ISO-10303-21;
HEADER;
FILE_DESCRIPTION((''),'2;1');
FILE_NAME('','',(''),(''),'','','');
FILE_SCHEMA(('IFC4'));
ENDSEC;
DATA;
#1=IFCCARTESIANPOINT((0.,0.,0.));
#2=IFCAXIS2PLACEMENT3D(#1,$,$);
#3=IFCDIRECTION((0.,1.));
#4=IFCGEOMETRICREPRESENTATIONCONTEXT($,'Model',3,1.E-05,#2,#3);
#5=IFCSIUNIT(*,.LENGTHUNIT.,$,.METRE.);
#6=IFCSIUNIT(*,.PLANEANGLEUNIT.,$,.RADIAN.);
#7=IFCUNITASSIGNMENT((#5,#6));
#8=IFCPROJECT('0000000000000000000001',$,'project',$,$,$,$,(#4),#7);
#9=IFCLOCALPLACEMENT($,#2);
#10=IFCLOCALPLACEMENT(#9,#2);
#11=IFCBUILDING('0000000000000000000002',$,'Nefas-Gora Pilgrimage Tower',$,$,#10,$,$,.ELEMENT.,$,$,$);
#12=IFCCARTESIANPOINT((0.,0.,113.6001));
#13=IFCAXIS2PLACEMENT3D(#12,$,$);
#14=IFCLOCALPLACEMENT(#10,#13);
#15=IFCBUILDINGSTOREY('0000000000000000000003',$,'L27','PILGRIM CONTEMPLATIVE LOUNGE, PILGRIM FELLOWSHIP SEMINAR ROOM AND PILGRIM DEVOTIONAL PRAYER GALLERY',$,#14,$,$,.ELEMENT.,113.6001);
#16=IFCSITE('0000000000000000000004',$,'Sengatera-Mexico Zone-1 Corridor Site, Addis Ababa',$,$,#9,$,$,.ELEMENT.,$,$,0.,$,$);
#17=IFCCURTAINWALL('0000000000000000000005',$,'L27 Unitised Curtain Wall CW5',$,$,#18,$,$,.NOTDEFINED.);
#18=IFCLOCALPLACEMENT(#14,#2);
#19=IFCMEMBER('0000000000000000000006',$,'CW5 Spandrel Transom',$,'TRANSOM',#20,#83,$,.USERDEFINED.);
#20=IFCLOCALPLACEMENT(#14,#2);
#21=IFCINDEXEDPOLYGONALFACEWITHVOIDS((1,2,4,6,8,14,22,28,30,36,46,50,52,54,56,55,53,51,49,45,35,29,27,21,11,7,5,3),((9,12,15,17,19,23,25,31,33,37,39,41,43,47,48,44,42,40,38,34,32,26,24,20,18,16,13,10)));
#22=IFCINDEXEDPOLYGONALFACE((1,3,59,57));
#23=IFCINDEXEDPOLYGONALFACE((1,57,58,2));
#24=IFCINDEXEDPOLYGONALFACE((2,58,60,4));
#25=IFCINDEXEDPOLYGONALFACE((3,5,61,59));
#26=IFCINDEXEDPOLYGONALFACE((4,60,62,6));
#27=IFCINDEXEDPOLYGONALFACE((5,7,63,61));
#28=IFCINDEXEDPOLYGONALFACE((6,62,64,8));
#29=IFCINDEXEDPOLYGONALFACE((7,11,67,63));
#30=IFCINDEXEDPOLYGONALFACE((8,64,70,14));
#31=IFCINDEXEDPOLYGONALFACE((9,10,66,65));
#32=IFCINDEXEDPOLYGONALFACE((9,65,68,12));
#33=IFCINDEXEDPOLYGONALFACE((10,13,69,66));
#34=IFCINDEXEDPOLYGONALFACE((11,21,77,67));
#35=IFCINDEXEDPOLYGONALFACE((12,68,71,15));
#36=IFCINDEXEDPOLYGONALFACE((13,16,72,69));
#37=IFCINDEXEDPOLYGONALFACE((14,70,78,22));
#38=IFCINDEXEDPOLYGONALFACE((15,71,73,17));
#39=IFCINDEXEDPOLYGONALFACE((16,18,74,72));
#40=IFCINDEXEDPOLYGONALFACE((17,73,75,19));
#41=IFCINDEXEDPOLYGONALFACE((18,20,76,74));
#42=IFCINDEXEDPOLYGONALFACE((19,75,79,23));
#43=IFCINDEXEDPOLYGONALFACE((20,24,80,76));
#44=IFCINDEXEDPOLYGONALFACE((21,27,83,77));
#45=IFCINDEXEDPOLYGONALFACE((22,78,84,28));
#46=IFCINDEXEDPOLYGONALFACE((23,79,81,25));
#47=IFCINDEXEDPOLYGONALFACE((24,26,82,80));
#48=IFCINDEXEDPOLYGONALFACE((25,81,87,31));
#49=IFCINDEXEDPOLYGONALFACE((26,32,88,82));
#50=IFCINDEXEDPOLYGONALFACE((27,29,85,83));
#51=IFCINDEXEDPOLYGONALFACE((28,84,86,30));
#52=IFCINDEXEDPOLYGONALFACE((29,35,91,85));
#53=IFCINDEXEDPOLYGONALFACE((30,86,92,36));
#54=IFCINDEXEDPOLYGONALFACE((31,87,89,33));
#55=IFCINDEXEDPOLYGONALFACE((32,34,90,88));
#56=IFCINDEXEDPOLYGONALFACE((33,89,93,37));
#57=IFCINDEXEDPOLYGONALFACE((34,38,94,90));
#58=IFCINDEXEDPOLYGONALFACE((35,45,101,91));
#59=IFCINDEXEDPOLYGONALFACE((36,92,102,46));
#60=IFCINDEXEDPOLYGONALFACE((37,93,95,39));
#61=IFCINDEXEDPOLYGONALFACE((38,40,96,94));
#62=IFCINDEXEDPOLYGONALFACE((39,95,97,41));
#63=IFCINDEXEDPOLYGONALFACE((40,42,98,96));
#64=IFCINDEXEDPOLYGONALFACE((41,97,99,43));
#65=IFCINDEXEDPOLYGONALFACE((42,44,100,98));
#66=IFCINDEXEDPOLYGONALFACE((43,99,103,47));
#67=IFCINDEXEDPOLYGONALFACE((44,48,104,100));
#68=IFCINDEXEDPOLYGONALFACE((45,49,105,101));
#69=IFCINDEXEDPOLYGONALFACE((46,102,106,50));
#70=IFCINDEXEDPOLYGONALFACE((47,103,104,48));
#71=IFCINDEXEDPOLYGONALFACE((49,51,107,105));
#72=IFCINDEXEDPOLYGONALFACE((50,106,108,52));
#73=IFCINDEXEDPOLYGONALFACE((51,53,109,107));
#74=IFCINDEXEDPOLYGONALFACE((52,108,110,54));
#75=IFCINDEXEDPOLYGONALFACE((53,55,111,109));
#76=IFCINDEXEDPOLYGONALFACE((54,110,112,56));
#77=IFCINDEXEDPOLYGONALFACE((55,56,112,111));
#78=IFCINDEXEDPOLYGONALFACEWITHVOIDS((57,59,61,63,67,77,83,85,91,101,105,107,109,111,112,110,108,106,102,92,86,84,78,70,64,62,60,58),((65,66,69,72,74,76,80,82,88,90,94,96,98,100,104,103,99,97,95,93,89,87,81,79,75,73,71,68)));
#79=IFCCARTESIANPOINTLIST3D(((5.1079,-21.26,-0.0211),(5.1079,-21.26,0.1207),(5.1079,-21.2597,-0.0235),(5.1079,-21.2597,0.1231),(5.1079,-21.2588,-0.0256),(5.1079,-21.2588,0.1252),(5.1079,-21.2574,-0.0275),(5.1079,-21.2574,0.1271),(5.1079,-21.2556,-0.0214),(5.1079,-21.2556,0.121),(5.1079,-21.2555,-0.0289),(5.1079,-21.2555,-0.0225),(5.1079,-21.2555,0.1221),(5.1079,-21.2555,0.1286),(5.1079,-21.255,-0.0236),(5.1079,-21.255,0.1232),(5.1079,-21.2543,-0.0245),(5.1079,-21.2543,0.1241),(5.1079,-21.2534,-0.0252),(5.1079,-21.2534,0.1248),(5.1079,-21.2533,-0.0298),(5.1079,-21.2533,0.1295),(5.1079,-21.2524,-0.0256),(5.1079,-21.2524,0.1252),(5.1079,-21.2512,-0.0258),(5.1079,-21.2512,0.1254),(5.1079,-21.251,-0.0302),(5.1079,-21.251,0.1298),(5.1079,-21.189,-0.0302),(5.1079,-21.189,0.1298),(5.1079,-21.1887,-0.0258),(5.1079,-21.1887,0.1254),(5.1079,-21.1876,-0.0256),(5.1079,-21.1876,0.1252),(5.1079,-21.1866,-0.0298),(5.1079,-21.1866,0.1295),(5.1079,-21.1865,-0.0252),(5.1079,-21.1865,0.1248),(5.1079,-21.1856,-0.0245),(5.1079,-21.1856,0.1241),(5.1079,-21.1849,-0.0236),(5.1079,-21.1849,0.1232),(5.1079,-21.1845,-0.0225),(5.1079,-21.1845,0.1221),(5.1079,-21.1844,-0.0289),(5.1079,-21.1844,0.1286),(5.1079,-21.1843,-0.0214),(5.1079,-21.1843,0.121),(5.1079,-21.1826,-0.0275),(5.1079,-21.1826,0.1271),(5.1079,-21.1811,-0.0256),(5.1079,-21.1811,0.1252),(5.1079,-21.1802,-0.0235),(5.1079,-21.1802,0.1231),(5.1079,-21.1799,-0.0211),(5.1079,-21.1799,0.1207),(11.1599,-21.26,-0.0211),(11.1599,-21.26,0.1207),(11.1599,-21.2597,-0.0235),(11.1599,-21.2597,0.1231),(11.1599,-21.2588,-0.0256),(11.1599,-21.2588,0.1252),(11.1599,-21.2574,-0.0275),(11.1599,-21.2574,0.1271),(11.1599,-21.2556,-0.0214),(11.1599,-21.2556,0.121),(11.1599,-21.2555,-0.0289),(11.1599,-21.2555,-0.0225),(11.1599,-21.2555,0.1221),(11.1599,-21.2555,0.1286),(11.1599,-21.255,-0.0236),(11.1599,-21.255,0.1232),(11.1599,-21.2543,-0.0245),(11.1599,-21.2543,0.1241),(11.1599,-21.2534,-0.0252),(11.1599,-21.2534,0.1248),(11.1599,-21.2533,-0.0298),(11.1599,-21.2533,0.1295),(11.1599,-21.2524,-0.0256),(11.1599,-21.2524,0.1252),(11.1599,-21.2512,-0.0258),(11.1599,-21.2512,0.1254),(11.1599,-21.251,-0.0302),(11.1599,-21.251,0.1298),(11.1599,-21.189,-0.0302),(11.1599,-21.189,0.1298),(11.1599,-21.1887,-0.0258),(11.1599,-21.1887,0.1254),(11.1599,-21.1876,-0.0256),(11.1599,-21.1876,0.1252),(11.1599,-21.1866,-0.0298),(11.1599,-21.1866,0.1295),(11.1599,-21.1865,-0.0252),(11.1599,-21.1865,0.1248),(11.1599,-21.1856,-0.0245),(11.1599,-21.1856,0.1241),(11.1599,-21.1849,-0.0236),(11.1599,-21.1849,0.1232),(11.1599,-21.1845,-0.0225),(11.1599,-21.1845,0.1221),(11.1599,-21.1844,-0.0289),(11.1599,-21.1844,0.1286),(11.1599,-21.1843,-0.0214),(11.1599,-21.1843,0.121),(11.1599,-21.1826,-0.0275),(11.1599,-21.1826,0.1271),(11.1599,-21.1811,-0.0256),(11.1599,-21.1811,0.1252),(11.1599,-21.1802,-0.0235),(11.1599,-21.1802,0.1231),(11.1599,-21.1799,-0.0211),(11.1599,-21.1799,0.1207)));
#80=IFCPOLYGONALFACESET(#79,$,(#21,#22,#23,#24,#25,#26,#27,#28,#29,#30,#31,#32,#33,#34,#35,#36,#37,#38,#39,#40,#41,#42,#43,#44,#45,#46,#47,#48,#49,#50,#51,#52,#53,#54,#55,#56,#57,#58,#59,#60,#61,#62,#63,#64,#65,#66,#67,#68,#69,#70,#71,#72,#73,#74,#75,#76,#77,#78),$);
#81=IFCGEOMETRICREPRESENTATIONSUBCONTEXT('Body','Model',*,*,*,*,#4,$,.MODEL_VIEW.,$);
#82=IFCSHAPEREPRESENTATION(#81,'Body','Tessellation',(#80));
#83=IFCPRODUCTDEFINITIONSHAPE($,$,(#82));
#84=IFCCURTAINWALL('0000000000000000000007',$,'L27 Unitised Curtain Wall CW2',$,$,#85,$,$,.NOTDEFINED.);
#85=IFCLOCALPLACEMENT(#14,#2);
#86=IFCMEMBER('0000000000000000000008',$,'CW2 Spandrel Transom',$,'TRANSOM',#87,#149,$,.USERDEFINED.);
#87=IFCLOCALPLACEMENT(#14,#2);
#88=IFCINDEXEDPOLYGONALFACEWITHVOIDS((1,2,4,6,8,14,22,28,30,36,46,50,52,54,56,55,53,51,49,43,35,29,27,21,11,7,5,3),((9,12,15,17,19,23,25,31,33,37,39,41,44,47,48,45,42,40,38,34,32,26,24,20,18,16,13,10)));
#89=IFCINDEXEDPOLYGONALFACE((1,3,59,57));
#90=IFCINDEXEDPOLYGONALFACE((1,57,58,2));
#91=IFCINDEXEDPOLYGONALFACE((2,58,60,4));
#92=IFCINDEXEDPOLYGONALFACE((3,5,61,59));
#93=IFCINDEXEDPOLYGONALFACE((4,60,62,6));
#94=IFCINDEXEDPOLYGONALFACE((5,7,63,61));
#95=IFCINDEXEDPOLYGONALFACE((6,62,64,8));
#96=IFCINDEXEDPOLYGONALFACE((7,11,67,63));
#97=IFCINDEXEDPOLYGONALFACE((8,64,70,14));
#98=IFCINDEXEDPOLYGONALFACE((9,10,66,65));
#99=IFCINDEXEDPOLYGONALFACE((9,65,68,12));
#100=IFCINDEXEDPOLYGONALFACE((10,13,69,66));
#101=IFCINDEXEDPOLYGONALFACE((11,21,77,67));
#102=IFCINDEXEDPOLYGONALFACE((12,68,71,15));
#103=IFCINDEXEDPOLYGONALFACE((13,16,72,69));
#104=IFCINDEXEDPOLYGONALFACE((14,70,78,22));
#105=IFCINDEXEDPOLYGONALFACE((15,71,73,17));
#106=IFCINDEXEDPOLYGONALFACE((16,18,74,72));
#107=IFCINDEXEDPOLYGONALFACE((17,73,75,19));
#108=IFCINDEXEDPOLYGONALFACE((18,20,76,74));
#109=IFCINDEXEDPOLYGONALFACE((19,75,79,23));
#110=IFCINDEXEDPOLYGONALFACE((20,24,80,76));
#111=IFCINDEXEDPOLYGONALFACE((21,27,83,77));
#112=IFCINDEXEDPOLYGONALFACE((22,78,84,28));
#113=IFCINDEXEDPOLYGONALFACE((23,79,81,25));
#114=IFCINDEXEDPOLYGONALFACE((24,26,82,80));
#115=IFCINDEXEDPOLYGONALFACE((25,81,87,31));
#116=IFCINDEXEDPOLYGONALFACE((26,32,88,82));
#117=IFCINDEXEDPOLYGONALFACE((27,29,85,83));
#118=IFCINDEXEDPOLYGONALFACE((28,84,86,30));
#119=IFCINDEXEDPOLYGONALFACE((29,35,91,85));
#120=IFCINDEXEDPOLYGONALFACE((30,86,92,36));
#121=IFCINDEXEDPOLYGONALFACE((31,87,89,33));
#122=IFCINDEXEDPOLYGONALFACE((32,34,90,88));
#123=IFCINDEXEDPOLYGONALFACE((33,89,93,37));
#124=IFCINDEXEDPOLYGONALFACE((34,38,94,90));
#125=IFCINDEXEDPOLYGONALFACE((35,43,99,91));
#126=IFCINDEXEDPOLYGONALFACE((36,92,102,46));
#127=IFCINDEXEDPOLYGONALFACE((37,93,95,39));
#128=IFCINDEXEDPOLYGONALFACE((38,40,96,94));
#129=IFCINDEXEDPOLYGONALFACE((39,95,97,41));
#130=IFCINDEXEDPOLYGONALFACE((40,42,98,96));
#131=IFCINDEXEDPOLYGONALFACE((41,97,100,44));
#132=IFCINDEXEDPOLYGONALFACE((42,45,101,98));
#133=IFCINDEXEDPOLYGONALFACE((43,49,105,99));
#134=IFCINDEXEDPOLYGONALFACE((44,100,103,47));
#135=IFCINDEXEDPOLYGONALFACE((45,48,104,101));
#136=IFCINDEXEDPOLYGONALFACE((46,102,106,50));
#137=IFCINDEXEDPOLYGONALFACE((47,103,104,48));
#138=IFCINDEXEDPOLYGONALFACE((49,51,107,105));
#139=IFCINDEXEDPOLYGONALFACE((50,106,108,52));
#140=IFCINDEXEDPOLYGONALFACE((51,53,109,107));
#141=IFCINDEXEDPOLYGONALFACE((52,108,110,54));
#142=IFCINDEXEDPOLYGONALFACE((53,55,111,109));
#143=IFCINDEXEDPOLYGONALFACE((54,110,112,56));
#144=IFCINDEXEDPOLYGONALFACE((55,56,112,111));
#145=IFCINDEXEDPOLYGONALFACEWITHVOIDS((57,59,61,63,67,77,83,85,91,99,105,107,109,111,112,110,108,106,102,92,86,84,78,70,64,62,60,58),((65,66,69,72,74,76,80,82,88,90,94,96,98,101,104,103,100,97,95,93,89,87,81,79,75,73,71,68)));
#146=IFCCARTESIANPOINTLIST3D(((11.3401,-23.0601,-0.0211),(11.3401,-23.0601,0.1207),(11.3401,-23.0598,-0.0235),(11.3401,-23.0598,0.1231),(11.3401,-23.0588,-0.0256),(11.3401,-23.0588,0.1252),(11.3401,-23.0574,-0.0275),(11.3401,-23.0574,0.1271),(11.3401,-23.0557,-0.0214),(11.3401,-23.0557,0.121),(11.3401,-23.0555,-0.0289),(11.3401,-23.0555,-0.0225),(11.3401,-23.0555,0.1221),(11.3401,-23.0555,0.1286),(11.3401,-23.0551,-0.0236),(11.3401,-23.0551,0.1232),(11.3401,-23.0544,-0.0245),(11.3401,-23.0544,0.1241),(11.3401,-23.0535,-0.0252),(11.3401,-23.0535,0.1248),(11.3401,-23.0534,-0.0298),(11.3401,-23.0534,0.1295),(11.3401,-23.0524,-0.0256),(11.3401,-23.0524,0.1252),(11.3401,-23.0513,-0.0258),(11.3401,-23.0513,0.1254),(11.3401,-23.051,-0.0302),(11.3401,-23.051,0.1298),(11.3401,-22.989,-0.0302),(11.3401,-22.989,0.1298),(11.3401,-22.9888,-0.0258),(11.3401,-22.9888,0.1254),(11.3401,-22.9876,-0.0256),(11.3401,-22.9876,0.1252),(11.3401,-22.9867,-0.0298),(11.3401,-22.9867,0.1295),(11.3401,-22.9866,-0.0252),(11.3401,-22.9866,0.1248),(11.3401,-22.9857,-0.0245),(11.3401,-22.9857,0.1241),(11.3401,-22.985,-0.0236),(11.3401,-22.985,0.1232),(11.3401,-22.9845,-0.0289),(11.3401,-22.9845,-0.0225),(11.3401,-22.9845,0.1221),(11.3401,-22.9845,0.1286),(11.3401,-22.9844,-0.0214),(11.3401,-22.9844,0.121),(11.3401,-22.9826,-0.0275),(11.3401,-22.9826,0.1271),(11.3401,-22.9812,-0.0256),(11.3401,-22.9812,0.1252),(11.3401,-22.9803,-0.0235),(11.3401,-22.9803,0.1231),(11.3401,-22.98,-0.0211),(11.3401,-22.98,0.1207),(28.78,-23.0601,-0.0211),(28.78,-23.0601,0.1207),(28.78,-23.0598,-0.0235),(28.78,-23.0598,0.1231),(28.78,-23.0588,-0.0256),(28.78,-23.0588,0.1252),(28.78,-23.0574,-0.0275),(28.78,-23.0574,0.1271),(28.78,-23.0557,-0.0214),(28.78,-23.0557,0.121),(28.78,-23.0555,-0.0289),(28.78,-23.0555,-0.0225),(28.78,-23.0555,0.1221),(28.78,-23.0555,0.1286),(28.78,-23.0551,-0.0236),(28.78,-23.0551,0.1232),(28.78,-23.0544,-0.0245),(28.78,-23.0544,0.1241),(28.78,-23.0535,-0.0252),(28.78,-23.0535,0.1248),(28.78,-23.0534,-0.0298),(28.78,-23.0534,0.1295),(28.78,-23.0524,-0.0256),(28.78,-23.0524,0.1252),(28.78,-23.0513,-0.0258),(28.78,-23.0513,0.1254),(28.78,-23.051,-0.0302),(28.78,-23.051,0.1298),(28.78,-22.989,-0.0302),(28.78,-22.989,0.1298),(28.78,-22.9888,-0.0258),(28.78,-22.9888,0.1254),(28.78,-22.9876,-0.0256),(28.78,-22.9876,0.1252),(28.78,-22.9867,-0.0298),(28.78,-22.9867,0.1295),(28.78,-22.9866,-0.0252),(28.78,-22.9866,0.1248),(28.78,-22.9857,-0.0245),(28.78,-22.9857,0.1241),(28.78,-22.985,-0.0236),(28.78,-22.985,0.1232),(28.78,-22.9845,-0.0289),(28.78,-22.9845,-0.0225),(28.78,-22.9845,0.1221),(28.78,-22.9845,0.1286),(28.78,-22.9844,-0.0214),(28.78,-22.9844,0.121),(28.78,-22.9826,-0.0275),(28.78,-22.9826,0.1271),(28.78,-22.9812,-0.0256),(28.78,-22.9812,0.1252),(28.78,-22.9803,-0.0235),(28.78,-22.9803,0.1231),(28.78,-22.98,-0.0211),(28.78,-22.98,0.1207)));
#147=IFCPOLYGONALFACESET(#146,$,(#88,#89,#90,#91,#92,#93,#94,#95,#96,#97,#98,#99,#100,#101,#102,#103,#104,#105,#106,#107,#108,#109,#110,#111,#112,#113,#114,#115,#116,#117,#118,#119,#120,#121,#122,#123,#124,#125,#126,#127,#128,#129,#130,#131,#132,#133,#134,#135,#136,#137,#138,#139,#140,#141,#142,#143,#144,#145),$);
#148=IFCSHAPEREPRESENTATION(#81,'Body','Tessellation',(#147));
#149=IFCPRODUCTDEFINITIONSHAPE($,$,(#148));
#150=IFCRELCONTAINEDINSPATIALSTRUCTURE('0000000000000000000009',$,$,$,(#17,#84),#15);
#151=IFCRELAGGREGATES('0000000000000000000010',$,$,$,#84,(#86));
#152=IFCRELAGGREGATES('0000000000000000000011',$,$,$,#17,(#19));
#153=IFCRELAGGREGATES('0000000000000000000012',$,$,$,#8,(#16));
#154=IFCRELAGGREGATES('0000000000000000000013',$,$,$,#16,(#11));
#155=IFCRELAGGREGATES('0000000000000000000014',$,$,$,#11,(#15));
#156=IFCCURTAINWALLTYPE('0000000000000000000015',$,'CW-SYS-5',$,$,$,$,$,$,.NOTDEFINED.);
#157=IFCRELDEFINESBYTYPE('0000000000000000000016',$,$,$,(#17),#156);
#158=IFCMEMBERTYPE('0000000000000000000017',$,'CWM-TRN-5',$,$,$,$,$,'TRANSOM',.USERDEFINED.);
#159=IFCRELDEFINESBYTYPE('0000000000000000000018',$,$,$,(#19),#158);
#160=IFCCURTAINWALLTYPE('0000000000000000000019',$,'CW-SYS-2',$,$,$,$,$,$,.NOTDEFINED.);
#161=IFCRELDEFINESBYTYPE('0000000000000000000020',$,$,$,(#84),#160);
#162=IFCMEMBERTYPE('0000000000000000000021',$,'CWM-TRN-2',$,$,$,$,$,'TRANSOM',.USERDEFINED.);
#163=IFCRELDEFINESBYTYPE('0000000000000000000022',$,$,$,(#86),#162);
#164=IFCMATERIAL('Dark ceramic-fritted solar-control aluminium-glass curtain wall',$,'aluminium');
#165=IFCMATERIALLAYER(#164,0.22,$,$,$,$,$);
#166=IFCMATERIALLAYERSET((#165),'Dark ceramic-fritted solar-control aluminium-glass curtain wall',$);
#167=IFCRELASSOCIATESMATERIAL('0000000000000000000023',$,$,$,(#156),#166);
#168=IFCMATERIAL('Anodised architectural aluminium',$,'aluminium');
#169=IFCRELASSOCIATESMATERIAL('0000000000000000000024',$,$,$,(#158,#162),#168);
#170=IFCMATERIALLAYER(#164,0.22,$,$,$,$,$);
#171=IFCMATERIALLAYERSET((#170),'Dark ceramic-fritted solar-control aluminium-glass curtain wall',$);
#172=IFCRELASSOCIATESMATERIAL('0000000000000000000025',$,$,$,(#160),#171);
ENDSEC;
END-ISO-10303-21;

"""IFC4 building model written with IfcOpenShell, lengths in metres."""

from ifc_helpers import new_model, si_unit, direction, frame, origin, origin_2d, place, context, subcontext, project, spatial, hollow_rectangle, extrude, source, transform, mapped, material, layer, layer_set, material_profile, profile_set, type_object, element, aggregate, save


model = new_model("IFC4")

# Units and contexts
model_context = context("Model", 3, precision=1e-05, world=origin(), true_north=direction((0.0, 1.0)))
body_context = subcontext(model_context, "Body", "Model", "MODEL_VIEW")
ifc_project = project(units=[si_unit("LENGTHUNIT", "METRE"), si_unit("PLANEANGLEUNIT", "RADIAN")], contexts=[model_context])

# Site, building, storey
site_placement = place(None, origin())
site = spatial("IfcSite", under=ifc_project, at=site_placement, Name="Sengatera-Mexico Zone-1 Corridor Site, Addis Ababa", CompositionType="ELEMENT", RefElevation=0.0)
building_placement = place(site_placement, origin())
building = spatial("IfcBuilding", under=site, at=building_placement, Name="Nefas-Gora Pilgrimage Tower", CompositionType="ELEMENT")
storey_placement = place(building_placement, frame((0.0, 0.0, 113.6001)))
storey = spatial("IfcBuildingStorey", under=building, at=storey_placement, Name="L27", Description="PILGRIM CONTEMPLATIVE LOUNGE, PILGRIM FELLOWSHIP SEMINAR ROOM AND PILGRIM DEVOTIONAL PRAYER GALLERY", CompositionType="ELEMENT", Elevation=113.6001)

# Curtain walls, members
ifc_material_1 = material(Name="Dark ceramic-fritted solar-control aluminium-glass curtain wall", Category="aluminium")
ifc_layer_1 = layer(ifc_material_1, 0.22)
ifc_layer_set_1 = layer_set([ifc_layer_1], Name="Dark ceramic-fritted solar-control aluminium-glass curtain wall")
curtain_wall_type_1 = type_object("IfcCurtainWallType", Name="CW-SYS-5", PredefinedType="NOTDEFINED", material=ifc_layer_set_1)
curtain_wall_1_placement = place(storey_placement, origin())
curtain_wall_1 = element("IfcCurtainWall", 1, at=curtain_wall_1_placement, inside=storey, type_object=curtain_wall_type_1, Name="L27 Unitised Curtain Wall CW5", PredefinedType="NOTDEFINED")
ifc_material_2 = material(Name="Anodised architectural aluminium", Category="aluminium")
ifc_material_profile_1 = material_profile(ifc_material_2, hollow_rectangle(XDim=0.0801, YDim=0.1599, WallThickness=0.0044, InnerFilletRadius=0.0044, OuterFilletRadius=0.009, at=origin_2d()), Name="ALU TRANSOM 80x160")
ifc_profile_set_1 = profile_set([ifc_material_profile_1], Name="Anodised architectural aluminium")
member_type_1 = type_object("IfcMemberType", Name="CWM-TRN-5", ElementType="TRANSOM", PredefinedType="USERDEFINED", material=ifc_profile_set_1)
shared_shape_1 = source(origin(), body_context, "Body", "SweptSolid", [
    extrude(hollow_rectangle(XDim=0.0801, YDim=0.1599, WallThickness=0.0044, InnerFilletRadius=0.0044, OuterFilletRadius=0.009, at=origin_2d()), origin(), (0.0, 0.0, 1.0), 6.052),
])
member_1_placement = place(storey_placement, frame((5.1079, -21.22, 0.0498), z_axis=(1.0, 0.0, 0.0), x_axis=(0.0, 1.0, 0.0)))
member_1 = element("IfcMember", 2, at=member_1_placement, type_object=member_type_1, Name="CW5 Spandrel Transom", ObjectType="TRANSOM", PredefinedType="USERDEFINED", context=body_context, shape_type="MappedRepresentation", body=[
    mapped(shared_shape_1, transform((0.0, 0.0, 0.0), x_axis=(1.0, 0.0, 0.0), y_axis=(0.0, 1.0, 0.0), z_axis=(0.0, 0.0, 1.0), scale=1.0)),
])
ifc_layer_2 = layer(ifc_material_1, 0.22)
ifc_layer_set_2 = layer_set([ifc_layer_2], Name="Dark ceramic-fritted solar-control aluminium-glass curtain wall")
curtain_wall_type_2 = type_object("IfcCurtainWallType", Name="CW-SYS-2", PredefinedType="NOTDEFINED", material=ifc_layer_set_2)
curtain_wall_2_placement = place(storey_placement, origin())
curtain_wall_2 = element("IfcCurtainWall", 3, at=curtain_wall_2_placement, inside=storey, type_object=curtain_wall_type_2, Name="L27 Unitised Curtain Wall CW2", PredefinedType="NOTDEFINED")
ifc_material_profile_2 = material_profile(ifc_material_2, hollow_rectangle(XDim=0.0801, YDim=0.1599, WallThickness=0.0044, InnerFilletRadius=0.0044, OuterFilletRadius=0.009, at=origin_2d()), Name="ALU TRANSOM 80x160")
ifc_profile_set_2 = profile_set([ifc_material_profile_2], Name="Anodised architectural aluminium")
member_type_2 = type_object("IfcMemberType", Name="CWM-TRN-2", ElementType="TRANSOM", PredefinedType="USERDEFINED", material=ifc_profile_set_2)
shared_shape_2 = source(origin(), body_context, "Body", "SweptSolid", [
    extrude(hollow_rectangle(XDim=0.0801, YDim=0.1599, WallThickness=0.0044, InnerFilletRadius=0.0044, OuterFilletRadius=0.009, at=origin_2d()), origin(), (0.0, 0.0, 1.0), 17.4399),
])
member_2_placement = place(storey_placement, frame((11.3401, -23.02, 0.0498), z_axis=(1.0, 0.0, 0.0), x_axis=(0.0, 1.0, 0.0)))
member_2 = element("IfcMember", 4, at=member_2_placement, type_object=member_type_2, Name="CW2 Spandrel Transom", ObjectType="TRANSOM", PredefinedType="USERDEFINED", context=body_context, shape_type="MappedRepresentation", body=[
    mapped(shared_shape_2, transform((0.0, 0.0, 0.0), x_axis=(1.0, 0.0, 0.0), y_axis=(0.0, 1.0, 0.0), z_axis=(0.0, 0.0, 1.0), scale=1.0)),
])

aggregate(curtain_wall_2, [member_2])

aggregate(curtain_wall_1, [member_1])

save(model, "model.ifc")
